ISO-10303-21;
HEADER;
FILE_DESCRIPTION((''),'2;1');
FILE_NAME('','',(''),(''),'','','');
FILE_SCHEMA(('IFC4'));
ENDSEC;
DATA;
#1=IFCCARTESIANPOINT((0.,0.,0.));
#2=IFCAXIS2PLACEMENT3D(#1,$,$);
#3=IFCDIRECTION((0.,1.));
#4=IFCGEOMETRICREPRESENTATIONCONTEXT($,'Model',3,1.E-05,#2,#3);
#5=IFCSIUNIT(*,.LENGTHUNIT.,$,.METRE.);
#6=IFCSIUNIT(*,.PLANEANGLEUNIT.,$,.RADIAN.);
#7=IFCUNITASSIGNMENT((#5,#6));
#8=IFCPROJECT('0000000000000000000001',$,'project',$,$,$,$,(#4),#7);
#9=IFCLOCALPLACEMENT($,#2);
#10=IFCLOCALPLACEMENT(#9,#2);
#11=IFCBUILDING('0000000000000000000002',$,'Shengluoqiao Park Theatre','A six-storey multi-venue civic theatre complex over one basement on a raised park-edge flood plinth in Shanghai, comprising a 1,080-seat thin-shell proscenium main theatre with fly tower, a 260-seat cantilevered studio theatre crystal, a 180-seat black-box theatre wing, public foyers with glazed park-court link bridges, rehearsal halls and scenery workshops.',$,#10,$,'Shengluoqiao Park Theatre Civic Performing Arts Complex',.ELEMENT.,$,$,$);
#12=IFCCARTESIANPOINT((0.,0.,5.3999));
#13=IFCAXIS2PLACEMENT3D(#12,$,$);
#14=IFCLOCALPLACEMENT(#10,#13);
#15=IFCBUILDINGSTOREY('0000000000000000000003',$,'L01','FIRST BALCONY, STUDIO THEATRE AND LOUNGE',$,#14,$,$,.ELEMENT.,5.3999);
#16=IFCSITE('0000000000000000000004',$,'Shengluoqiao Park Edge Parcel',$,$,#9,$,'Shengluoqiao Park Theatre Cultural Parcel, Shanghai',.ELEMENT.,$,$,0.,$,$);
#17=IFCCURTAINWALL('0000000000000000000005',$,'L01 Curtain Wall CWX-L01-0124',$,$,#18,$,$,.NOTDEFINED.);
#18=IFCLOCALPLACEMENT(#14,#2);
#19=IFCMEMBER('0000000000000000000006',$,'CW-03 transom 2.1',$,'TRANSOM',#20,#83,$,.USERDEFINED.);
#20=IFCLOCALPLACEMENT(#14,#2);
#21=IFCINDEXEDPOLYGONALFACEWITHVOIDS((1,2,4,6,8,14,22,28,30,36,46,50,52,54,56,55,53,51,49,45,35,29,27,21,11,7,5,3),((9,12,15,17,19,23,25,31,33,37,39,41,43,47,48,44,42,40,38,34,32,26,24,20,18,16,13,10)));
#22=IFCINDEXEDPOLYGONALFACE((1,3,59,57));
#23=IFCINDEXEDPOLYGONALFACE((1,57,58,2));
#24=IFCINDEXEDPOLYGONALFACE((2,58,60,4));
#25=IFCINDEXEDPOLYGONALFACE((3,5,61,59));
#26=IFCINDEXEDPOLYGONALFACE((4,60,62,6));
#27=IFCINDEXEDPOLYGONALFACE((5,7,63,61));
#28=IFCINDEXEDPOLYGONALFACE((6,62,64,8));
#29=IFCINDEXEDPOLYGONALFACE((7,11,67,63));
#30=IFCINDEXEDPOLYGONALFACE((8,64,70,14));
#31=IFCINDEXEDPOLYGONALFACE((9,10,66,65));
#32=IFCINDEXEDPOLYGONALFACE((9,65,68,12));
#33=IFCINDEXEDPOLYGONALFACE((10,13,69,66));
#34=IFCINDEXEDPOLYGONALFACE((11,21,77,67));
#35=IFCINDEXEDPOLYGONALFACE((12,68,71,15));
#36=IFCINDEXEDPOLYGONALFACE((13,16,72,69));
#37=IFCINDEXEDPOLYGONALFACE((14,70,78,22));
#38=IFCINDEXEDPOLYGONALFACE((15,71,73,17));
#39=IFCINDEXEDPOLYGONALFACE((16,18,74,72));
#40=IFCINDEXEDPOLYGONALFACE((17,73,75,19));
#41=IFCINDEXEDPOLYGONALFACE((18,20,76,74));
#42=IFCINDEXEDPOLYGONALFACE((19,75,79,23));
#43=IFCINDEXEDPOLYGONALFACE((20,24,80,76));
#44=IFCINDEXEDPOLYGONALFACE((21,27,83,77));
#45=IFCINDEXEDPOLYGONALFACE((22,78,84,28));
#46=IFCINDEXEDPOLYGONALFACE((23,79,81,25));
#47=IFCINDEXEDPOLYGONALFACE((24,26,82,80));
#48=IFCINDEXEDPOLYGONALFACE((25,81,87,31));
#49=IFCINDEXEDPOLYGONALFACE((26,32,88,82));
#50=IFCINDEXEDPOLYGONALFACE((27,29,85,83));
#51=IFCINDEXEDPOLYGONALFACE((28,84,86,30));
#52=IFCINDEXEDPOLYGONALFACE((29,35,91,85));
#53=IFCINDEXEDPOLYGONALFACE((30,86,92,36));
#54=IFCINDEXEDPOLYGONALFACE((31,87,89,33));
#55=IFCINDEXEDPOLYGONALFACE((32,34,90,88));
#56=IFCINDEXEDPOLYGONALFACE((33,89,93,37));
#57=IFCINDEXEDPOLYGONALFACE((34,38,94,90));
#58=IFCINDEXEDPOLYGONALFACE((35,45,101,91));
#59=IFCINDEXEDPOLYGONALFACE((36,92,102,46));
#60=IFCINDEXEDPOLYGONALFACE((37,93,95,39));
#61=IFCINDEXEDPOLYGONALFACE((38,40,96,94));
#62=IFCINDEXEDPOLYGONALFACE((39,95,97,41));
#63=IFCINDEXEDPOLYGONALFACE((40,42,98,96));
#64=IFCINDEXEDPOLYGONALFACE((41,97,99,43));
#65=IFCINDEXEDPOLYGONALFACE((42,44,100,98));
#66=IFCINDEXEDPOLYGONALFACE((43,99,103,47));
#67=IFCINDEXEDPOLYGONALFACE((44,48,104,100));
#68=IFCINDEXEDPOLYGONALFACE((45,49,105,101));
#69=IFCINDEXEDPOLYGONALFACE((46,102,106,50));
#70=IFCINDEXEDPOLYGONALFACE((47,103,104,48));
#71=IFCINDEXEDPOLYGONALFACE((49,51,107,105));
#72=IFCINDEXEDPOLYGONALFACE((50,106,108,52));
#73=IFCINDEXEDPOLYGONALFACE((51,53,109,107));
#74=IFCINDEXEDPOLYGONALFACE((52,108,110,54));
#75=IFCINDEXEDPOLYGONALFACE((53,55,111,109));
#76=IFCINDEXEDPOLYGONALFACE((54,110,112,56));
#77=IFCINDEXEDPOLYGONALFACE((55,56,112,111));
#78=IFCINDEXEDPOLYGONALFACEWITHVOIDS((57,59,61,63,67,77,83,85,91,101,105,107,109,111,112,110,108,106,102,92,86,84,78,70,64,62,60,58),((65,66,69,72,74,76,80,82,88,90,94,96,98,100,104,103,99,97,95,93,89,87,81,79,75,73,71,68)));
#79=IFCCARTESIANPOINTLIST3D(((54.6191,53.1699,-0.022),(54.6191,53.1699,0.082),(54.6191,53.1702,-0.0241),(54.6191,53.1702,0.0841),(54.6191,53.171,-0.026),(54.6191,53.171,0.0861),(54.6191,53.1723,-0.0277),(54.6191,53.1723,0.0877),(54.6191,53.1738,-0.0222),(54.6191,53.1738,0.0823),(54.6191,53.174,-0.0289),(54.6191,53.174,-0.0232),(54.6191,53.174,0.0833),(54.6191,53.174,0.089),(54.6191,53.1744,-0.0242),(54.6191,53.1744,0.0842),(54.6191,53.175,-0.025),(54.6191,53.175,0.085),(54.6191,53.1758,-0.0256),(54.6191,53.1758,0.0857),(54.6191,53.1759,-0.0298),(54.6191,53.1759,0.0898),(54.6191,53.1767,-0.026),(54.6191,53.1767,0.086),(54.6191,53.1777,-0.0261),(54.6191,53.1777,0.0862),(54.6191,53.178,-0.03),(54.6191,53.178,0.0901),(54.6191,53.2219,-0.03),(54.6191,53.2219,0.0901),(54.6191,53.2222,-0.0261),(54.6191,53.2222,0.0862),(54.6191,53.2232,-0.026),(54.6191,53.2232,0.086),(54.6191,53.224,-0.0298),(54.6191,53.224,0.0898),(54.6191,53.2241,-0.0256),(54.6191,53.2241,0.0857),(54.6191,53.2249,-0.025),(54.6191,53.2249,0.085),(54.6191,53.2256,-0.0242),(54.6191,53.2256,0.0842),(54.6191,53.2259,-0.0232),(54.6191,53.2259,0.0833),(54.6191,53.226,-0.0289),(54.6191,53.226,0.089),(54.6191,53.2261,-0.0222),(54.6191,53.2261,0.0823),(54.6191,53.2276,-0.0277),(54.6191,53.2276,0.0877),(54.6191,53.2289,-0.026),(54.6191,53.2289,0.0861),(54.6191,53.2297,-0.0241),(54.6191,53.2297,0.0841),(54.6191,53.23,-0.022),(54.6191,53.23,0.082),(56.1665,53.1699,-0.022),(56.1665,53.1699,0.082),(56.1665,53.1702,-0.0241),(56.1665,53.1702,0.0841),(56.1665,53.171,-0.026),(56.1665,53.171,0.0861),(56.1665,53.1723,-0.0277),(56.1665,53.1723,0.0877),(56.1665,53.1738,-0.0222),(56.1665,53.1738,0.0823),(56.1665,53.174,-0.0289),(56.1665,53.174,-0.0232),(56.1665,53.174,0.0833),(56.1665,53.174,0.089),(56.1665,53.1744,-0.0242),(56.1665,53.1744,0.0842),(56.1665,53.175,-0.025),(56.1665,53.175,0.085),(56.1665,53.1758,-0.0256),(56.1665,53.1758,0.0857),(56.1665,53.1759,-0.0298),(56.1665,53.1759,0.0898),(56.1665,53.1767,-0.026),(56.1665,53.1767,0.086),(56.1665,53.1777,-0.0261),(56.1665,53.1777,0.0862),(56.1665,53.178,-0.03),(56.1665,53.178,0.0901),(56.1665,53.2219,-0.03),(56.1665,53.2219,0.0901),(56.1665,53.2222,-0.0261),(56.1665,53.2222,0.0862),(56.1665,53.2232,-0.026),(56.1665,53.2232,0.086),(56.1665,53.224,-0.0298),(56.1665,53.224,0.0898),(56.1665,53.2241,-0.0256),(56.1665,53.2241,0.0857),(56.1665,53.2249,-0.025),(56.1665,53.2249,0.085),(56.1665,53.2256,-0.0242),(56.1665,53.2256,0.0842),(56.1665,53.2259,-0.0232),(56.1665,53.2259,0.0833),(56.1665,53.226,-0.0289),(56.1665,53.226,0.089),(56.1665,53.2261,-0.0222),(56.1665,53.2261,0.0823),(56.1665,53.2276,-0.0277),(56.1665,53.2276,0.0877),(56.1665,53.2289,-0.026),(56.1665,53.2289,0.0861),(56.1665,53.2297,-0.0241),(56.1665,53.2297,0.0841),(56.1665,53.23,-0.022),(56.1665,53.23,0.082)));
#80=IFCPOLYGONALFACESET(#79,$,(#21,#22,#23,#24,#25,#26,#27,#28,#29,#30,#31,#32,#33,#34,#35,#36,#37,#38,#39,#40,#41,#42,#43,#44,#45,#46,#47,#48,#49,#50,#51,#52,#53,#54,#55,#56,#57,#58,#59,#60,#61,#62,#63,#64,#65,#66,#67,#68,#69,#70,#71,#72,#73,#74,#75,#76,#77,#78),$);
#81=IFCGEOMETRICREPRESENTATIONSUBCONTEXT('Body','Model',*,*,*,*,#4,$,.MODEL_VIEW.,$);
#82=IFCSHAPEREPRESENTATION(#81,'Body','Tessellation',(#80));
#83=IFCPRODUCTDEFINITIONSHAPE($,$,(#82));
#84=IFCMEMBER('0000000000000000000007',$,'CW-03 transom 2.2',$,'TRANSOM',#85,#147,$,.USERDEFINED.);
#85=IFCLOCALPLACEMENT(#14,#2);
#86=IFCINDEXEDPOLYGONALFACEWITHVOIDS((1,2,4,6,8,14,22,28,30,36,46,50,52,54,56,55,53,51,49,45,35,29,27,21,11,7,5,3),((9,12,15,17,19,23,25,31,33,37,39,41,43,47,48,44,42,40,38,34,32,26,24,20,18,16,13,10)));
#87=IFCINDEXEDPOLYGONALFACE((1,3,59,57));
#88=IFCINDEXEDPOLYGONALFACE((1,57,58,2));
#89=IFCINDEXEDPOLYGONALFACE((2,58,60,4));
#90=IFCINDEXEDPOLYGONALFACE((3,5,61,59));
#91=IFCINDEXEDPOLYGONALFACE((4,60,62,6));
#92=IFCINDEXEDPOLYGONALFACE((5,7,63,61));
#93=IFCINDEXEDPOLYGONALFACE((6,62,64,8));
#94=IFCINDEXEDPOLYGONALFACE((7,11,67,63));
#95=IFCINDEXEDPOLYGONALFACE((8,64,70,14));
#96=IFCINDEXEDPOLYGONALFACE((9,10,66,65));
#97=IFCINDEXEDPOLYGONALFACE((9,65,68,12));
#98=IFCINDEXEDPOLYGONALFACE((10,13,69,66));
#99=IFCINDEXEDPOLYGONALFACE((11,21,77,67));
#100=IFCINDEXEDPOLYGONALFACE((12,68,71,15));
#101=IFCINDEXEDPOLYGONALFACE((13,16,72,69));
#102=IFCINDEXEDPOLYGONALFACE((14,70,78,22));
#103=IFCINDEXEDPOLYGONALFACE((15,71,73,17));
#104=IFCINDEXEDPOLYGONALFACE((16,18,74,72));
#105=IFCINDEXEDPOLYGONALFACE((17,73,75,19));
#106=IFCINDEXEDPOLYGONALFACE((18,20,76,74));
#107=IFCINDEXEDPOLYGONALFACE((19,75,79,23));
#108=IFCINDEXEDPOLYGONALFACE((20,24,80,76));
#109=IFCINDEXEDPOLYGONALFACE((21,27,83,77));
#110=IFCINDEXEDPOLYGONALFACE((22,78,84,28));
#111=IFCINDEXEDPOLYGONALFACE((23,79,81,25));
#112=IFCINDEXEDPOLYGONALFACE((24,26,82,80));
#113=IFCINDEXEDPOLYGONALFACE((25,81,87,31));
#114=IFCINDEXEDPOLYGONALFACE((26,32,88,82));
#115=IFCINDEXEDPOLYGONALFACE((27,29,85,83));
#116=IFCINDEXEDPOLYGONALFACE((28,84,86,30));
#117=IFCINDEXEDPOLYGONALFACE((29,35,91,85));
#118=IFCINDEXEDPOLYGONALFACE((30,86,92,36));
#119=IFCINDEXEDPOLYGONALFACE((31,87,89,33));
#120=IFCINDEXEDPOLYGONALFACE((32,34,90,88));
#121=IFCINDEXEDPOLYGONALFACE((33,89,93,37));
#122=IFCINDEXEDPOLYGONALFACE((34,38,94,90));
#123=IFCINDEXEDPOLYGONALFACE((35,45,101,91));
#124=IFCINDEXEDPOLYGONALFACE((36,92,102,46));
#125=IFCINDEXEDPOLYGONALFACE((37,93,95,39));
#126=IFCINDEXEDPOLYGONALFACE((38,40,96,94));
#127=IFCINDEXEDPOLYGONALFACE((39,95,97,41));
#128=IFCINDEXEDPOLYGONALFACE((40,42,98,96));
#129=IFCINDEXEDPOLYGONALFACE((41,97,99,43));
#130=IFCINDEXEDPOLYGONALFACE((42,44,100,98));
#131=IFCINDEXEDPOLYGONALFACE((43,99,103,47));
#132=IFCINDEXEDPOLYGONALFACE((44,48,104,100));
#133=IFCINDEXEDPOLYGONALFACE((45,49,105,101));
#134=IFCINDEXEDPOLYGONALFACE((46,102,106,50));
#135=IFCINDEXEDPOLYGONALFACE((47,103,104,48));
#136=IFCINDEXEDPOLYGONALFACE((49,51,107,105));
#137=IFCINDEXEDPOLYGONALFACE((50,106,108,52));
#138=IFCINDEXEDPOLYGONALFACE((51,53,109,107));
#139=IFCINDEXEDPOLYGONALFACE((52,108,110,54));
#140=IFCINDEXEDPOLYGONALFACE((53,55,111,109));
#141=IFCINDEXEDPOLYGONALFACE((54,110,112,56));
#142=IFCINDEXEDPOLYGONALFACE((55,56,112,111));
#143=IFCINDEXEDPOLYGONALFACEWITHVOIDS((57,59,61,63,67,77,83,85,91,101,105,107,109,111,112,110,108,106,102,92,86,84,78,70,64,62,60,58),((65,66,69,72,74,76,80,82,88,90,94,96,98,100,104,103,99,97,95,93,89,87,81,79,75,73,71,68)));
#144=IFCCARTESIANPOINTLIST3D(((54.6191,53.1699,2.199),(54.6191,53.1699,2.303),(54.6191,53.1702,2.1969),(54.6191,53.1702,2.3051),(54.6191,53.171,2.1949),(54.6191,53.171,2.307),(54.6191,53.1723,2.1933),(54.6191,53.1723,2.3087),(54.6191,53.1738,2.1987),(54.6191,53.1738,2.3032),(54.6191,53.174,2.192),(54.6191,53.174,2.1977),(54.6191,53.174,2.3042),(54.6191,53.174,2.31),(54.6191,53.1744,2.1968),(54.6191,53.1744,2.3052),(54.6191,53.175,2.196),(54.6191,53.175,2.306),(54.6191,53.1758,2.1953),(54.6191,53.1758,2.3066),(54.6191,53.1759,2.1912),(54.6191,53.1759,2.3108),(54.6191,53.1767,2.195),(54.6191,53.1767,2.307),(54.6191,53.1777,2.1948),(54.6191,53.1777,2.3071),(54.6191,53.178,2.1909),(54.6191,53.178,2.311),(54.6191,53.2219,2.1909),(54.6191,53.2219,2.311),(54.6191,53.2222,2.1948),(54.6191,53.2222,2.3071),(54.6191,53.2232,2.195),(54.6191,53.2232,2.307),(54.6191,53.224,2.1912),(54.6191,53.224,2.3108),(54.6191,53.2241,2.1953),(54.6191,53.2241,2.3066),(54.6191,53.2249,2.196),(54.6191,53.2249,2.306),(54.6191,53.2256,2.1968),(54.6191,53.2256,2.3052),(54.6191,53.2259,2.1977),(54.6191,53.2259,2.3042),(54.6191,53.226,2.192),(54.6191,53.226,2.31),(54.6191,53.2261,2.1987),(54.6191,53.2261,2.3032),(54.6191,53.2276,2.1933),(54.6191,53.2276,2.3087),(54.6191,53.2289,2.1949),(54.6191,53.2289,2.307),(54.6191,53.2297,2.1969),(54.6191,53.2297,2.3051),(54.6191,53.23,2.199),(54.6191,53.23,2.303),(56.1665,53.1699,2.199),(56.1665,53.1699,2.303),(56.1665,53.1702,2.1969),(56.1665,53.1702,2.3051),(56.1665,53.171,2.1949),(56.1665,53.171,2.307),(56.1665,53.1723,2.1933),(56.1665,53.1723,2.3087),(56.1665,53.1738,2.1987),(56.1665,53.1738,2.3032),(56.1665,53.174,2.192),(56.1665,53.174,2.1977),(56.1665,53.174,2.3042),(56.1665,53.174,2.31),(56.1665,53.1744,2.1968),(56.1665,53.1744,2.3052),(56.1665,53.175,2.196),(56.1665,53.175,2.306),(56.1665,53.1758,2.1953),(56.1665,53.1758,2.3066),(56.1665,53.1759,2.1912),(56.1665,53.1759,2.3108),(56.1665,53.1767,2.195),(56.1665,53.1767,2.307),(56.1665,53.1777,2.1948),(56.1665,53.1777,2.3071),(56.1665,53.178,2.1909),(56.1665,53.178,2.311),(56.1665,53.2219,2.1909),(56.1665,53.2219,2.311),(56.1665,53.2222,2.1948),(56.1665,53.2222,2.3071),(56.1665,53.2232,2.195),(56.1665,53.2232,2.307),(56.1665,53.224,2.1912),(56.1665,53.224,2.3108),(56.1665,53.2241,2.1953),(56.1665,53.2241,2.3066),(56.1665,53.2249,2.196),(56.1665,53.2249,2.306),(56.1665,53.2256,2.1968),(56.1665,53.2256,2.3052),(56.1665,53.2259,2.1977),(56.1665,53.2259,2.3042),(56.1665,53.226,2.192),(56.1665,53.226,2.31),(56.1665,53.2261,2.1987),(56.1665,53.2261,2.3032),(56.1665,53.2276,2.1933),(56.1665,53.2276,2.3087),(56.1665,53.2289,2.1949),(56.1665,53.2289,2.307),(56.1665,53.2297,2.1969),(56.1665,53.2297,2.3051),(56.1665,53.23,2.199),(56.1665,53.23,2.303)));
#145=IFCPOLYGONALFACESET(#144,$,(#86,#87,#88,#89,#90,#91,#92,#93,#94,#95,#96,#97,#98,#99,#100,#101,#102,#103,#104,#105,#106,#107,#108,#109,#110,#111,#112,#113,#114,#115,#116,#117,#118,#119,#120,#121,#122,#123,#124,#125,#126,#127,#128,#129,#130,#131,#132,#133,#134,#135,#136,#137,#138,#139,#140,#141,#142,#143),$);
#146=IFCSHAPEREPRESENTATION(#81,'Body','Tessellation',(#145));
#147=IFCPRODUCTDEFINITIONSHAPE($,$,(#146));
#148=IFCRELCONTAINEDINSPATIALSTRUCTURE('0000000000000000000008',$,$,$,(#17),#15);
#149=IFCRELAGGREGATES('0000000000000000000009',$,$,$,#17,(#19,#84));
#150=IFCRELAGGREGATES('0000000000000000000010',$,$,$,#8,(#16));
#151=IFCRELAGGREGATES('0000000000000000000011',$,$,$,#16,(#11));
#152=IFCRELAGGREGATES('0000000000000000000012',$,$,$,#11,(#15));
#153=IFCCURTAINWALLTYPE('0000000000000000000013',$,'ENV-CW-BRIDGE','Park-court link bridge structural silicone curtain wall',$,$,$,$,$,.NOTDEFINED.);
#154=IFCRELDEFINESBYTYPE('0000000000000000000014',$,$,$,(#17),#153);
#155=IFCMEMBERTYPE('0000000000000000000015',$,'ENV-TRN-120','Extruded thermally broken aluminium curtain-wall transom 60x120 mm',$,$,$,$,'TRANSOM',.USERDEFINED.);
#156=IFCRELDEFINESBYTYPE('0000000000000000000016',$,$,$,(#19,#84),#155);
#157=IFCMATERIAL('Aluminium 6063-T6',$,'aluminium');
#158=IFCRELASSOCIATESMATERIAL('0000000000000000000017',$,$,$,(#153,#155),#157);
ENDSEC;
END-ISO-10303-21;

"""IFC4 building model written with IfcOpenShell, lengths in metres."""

from ifc_helpers import new_model, si_unit, direction, frame, origin, origin_2d, place, context, subcontext, project, spatial, hollow_rectangle, extrude, material, material_profile, profile_set, type_object, element, aggregate, save


model = new_model("IFC4")

# Units and contexts
model_context = context("Model", 3, precision=1e-05, world=origin(), true_north=direction((0.0, 1.0)))
body_context = subcontext(model_context, "Body", "Model", "MODEL_VIEW")
ifc_project = project(units=[si_unit("LENGTHUNIT", "METRE"), si_unit("PLANEANGLEUNIT", "RADIAN")], contexts=[model_context])

# Site, building, storey
site_placement = place(None, origin())
site = spatial("IfcSite", under=ifc_project, at=site_placement, Name="Shengluoqiao Park Edge Parcel", LongName="Shengluoqiao Park Theatre Cultural Parcel, Shanghai", CompositionType="ELEMENT", RefElevation=0.0)
building_placement = place(site_placement, origin())
building = spatial("IfcBuilding", under=site, at=building_placement, Name="Shengluoqiao Park Theatre", Description="A six-storey multi-venue civic theatre complex over one basement on a raised park-edge flood plinth in Shanghai, comprising a 1,080-seat thin-shell proscenium main theatre with fly tower, a 260-seat cantilevered studio theatre crystal, a 180-seat black-box theatre wing, public foyers with glazed park-court link bridges, rehearsal halls and scenery workshops.", LongName="Shengluoqiao Park Theatre Civic Performing Arts Complex", CompositionType="ELEMENT")
storey_placement = place(building_placement, frame((0.0, 0.0, 5.3999)))
storey = spatial("IfcBuildingStorey", under=building, at=storey_placement, Name="L01", Description="FIRST BALCONY, STUDIO THEATRE AND LOUNGE", CompositionType="ELEMENT", Elevation=5.3999)

# Shared definitions
ifc_material_1 = material(Name="Aluminium 6063-T6", Category="aluminium")
curtain_wall_type = type_object("IfcCurtainWallType", Name="ENV-CW-BRIDGE", Description="Park-court link bridge structural silicone curtain wall", PredefinedType="NOTDEFINED", material=ifc_material_1)

# Curtain wall, members
curtain_wall_1_placement = place(storey_placement, origin())
curtain_wall_1 = element("IfcCurtainWall", 1, at=curtain_wall_1_placement, inside=storey, type_object=curtain_wall_type, Name="L01 Curtain Wall CWX-L01-0124", PredefinedType="NOTDEFINED")
ifc_material_profile_1 = material_profile(ifc_material_1, hollow_rectangle(XDim=0.0601, YDim=0.1201, WallThickness=0.0039, InnerFilletRadius=0.0039, OuterFilletRadius=0.0081, at=origin_2d()), Name="ALU TRANSOM 120x60x4")
ifc_profile_set_1 = profile_set([ifc_material_profile_1], Name="Aluminium 6063-T6")
member_type_1 = type_object("IfcMemberType", Name="ENV-TRN-120", Description="Extruded thermally broken aluminium curtain-wall transom 60x120 mm", ElementType="TRANSOM", PredefinedType="USERDEFINED", material=ifc_profile_set_1)
member_1_placement = place(storey_placement, frame((54.6191, 53.2, 0.03), z_axis=(1.0, 0.0, 0.0), x_axis=(0.0, 1.0, 0.0)))
member_1 = element("IfcMember", 2, at=member_1_placement, type_object=member_type_1, Name="CW-03 transom 2.1", ObjectType="TRANSOM", PredefinedType="USERDEFINED", context=body_context, shape_type="SweptSolid", body=[
    extrude(hollow_rectangle(XDim=0.0601, YDim=0.1201, WallThickness=0.0039, InnerFilletRadius=0.0039, OuterFilletRadius=0.0081, at=origin_2d()), origin(), (0.0, 0.0, 1.0), 1.5474),
])
member_2_placement = place(storey_placement, frame((54.6191, 53.2, 2.251), z_axis=(1.0, 0.0, 0.0), x_axis=(0.0, 1.0, 0.0)))
member_2 = element("IfcMember", 3, at=member_2_placement, type_object=member_type_1, Name="CW-03 transom 2.2", ObjectType="TRANSOM", PredefinedType="USERDEFINED", context=body_context, shape_type="SweptSolid", body=[
    extrude(hollow_rectangle(XDim=0.0601, YDim=0.1201, WallThickness=0.0039, InnerFilletRadius=0.0039, OuterFilletRadius=0.0081, at=origin_2d()), origin(), (0.0, 0.0, 1.0), 1.5474),
])

aggregate(curtain_wall_1, [member_1, member_2])

save(model, "model.ifc")
